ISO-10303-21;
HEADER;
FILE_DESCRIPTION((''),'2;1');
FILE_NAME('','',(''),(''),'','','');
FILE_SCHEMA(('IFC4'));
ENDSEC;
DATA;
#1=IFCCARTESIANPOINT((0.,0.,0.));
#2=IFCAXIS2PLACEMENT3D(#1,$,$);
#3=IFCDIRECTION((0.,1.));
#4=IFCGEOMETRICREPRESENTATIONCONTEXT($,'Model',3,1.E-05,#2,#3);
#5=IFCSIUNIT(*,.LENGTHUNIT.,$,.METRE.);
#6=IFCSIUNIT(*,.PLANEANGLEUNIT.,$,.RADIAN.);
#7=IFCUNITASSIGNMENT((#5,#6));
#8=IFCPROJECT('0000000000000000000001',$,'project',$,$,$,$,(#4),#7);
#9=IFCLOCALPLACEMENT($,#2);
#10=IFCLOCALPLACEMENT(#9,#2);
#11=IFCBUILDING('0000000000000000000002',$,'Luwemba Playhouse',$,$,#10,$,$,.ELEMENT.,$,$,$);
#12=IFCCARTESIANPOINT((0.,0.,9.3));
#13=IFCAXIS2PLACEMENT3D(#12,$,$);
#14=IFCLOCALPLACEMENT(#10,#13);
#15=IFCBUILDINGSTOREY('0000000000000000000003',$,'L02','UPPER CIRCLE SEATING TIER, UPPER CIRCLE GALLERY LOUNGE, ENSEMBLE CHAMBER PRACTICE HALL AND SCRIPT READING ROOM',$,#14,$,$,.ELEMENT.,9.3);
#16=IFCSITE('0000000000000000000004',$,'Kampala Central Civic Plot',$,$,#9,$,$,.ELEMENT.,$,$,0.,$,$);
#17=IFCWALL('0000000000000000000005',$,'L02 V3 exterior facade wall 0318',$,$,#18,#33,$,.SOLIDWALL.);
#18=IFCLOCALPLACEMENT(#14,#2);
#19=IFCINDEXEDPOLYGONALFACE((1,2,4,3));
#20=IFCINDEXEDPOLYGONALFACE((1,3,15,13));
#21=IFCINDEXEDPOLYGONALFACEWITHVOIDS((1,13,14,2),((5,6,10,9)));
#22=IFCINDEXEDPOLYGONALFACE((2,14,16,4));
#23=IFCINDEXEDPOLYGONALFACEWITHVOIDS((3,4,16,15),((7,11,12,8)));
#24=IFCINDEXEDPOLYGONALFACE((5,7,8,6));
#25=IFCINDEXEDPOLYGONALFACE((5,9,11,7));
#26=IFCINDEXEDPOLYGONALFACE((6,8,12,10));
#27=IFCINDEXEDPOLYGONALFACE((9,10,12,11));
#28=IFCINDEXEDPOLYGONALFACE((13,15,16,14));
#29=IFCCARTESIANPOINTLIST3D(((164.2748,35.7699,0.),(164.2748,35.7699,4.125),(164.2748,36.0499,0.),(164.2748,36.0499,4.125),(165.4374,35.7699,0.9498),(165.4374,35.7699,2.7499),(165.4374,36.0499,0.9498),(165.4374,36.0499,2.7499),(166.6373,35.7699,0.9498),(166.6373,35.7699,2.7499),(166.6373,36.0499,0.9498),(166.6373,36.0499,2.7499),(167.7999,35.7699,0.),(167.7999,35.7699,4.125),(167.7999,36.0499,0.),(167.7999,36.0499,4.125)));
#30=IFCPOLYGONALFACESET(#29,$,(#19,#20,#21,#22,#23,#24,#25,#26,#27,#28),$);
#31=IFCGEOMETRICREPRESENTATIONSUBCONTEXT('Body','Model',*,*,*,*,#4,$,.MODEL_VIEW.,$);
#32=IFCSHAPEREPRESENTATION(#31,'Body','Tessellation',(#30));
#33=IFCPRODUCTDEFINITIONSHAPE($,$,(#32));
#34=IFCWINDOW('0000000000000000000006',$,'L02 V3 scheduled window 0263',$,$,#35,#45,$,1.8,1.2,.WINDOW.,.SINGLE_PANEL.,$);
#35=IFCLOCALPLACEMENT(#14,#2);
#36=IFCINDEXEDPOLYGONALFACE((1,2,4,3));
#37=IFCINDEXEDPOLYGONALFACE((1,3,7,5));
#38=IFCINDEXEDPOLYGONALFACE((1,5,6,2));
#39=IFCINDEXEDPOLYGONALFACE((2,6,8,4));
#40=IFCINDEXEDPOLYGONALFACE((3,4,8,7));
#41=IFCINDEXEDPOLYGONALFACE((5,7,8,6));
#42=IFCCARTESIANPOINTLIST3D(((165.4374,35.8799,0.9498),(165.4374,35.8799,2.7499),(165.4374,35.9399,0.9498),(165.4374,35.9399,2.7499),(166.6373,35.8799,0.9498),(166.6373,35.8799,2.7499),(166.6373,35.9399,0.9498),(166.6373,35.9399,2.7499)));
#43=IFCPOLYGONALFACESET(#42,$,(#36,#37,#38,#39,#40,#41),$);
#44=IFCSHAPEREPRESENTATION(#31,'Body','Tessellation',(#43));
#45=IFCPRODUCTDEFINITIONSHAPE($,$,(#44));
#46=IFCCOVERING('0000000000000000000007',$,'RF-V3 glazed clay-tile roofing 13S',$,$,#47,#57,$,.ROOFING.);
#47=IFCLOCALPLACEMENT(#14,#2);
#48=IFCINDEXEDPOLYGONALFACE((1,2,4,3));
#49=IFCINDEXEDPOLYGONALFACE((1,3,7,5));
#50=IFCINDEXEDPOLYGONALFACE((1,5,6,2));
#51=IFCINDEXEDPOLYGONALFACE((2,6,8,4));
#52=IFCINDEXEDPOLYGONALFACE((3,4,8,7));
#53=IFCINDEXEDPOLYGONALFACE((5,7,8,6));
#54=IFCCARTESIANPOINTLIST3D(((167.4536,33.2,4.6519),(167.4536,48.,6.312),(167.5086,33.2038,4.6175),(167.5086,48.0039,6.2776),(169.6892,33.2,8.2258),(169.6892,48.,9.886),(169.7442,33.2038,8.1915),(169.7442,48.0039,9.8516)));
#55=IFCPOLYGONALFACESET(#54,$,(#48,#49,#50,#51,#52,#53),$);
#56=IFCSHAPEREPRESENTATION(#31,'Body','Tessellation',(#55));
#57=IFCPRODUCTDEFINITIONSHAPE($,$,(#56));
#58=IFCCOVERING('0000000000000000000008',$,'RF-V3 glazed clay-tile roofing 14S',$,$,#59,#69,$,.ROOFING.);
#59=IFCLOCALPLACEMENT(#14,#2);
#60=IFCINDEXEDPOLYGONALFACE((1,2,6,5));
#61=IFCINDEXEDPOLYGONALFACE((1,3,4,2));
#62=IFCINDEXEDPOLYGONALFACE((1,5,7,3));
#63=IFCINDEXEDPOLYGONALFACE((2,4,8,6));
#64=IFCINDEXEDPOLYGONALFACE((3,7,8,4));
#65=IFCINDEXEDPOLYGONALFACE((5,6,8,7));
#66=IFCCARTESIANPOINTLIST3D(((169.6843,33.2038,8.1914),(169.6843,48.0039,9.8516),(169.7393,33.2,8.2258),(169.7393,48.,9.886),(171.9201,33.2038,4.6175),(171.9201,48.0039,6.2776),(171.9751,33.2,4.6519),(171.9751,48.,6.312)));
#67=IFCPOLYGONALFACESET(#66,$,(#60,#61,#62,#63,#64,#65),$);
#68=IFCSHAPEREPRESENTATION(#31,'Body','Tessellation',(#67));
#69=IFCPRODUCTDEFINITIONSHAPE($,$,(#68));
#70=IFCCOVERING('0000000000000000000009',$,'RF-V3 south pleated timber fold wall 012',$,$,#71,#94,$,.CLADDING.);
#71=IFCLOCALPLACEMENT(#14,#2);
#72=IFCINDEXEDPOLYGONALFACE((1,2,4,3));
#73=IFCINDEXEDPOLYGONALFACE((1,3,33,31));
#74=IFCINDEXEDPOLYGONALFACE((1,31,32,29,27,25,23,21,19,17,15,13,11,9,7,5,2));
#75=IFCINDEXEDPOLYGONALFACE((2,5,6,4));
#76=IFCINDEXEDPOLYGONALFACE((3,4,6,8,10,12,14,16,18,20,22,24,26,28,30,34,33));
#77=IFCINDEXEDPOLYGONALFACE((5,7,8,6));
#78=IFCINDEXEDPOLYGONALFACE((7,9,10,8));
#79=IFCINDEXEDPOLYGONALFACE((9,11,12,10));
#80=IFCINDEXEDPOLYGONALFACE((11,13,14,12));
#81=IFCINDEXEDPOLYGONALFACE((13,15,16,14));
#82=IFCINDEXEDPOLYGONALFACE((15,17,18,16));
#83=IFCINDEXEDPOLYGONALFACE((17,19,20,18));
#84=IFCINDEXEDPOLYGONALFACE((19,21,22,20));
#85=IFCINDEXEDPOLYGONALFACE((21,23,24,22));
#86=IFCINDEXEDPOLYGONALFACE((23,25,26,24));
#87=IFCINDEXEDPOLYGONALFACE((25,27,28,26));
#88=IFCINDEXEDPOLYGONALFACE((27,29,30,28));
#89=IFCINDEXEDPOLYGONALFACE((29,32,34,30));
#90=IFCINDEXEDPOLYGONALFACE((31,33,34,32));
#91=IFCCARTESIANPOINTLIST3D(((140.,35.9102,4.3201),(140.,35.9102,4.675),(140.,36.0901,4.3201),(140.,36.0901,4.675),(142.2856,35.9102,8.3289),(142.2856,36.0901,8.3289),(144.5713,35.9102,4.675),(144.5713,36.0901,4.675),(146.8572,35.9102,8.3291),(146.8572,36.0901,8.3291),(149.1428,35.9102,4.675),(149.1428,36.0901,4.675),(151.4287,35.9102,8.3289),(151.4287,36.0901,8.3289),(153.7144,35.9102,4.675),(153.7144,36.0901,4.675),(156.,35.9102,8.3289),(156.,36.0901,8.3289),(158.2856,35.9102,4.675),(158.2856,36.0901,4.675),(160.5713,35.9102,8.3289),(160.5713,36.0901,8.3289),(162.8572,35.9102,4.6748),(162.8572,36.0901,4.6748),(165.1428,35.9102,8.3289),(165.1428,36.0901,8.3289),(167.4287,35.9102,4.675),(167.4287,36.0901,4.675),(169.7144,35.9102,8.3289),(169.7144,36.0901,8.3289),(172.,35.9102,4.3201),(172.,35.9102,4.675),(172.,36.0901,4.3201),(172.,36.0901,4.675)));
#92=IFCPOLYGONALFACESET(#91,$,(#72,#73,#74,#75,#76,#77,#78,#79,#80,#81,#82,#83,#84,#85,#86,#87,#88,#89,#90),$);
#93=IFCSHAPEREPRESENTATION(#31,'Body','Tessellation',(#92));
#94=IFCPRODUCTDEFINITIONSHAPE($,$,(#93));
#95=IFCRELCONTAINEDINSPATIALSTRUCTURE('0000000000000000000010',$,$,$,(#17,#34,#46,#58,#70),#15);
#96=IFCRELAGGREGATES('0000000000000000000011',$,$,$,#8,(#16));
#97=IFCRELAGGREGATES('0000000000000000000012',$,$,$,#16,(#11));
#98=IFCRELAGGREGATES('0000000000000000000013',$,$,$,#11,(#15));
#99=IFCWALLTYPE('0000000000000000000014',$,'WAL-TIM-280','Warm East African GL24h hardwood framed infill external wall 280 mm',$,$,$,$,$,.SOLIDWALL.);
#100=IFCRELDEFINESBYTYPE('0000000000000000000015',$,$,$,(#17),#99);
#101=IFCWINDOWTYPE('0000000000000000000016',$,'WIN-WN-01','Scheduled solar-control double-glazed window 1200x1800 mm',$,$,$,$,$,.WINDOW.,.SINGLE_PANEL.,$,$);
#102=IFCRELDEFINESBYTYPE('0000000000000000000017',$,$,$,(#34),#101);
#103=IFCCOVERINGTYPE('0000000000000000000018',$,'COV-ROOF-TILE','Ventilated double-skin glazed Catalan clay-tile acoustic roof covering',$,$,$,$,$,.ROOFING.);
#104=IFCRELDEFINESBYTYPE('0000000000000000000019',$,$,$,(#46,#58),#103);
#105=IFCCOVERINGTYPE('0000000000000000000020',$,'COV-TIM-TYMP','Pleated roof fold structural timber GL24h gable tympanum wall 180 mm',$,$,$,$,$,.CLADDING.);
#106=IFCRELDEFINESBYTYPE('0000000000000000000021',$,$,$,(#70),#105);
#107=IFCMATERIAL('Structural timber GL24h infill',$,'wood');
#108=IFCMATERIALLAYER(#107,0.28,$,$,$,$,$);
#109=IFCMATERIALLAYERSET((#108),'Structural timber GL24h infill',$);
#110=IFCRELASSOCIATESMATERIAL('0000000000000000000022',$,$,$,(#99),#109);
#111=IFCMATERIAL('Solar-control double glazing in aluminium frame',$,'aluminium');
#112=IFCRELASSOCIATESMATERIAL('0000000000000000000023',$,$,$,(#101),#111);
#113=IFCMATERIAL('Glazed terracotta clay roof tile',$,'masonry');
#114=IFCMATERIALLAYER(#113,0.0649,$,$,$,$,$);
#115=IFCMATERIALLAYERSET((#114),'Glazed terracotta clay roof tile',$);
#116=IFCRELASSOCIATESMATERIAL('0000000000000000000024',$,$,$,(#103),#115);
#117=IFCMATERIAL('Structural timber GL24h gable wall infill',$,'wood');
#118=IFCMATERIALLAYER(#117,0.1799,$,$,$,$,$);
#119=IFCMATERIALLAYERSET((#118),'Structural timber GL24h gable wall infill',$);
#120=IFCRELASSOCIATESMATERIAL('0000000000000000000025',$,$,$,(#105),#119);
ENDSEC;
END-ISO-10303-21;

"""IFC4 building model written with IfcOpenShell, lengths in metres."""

from ifc_helpers import new_model, si_unit, direction, frame, frame_2d, origin, place, context, subcontext, project, spatial, polyline, rectangle, outline, extrude, material, layer, layer_set, type_object, element, fill, save


model = new_model("IFC4")

# Units and contexts
model_context = context("Model", 3, precision=1e-05, world=origin(), true_north=direction((0.0, 1.0)))
body_context = subcontext(model_context, "Body", "Model", "MODEL_VIEW")
ifc_project = project(units=[si_unit("LENGTHUNIT", "METRE"), si_unit("PLANEANGLEUNIT", "RADIAN")], contexts=[model_context])

# Site, building, storey
site_placement = place(None, origin())
site = spatial("IfcSite", under=ifc_project, at=site_placement, Name="Kampala Central Civic Plot", CompositionType="ELEMENT", RefElevation=0.0)
building_placement = place(site_placement, origin())
building = spatial("IfcBuilding", under=site, at=building_placement, Name="Luwemba Playhouse", CompositionType="ELEMENT")
storey_placement = place(building_placement, frame((0.0, 0.0, 9.3)))
storey = spatial("IfcBuildingStorey", under=building, at=storey_placement, Name="L02", Description="UPPER CIRCLE SEATING TIER, UPPER CIRCLE GALLERY LOUNGE, ENSEMBLE CHAMBER PRACTICE HALL AND SCRIPT READING ROOM", CompositionType="ELEMENT", Elevation=9.3)

# Shared definitions
ifc_material_1 = material(Name="Solar-control double glazing in aluminium frame", Category="aluminium")

# Wall, opening, window
ifc_material_2 = material(Name="Structural timber GL24h infill", Category="wood")
ifc_layer_1 = layer(ifc_material_2, 0.28)
ifc_layer_set_1 = layer_set([ifc_layer_1], Name="Structural timber GL24h infill")
wall_type_1 = type_object("IfcWallType", Name="WAL-TIM-280", Description="Warm East African GL24h hardwood framed infill external wall 280 mm", PredefinedType="SOLIDWALL", material=ifc_layer_set_1)
wall_1_placement = place(storey_placement, frame((167.8, 35.9099, 0.0), z_axis=(0.0, 0.0, 1.0), x_axis=(-1.0, 0.0, 0.0)))
wall_1 = element("IfcWall", 1, at=wall_1_placement, inside=storey, type_object=wall_type_1, Name="L02 V3 exterior facade wall 0318", PredefinedType="SOLIDWALL", context=body_context, shape_type="SweptSolid", body=[
    extrude(rectangle(XDim=3.5251, YDim=0.28, at=frame_2d((1.7627, 0.0))), origin(), (0.0, 0.0, 1.0), 4.125),
])
opening_1_placement = place(wall_1_placement, frame((1.1626, 0.0, 0.95)))
opening_1 = element("IfcOpeningElement", 2, at=opening_1_placement, cuts=wall_1, PredefinedType="OPENING", context=body_context, shape_type="SweptSolid", body=[
    extrude(rectangle(XDim=1.2, YDim=1.8, at=frame_2d((0.6001, 0.8999))), frame((0.0, 0.1499, 0.0), z_axis=(0.0, -1.0, 0.0), x_axis=(1.0, 0.0, 0.0)), (0.0, 0.0, 1.0), 0.3),
])
window_type_1 = type_object("IfcWindowType", Name="WIN-WN-01", Description="Scheduled solar-control double-glazed window 1200x1800 mm", PartitioningType="SINGLE_PANEL", PredefinedType="WINDOW", material=ifc_material_1)
window_1_placement = place(opening_1_placement, origin())
window_1 = element("IfcWindow", 3, at=window_1_placement, inside=storey, type_object=window_type_1, Name="L02 V3 scheduled window 0263", OverallHeight=1.8, OverallWidth=1.2, PartitioningType="SINGLE_PANEL", PredefinedType="WINDOW", context=body_context, shape_type="SweptSolid", body=[
    extrude(rectangle(XDim=1.2, YDim=1.8, at=frame_2d((0.6001, 0.8999))), frame((0.0, 0.03, 0.0), z_axis=(0.0, -1.0, 0.0), x_axis=(1.0, 0.0, 0.0)), (0.0, 0.0, 1.0), 0.0601),
])
fill(opening_1, window_1)

# Coverings
ifc_material_3 = material(Name="Glazed terracotta clay roof tile", Category="masonry")
ifc_layer_2 = layer(ifc_material_3, 0.0649)
ifc_layer_set_2 = layer_set([ifc_layer_2], Name="Glazed terracotta clay roof tile")
covering_type_1 = type_object("IfcCoveringType", Name="COV-ROOF-TILE", Description="Ventilated double-skin glazed Catalan clay-tile acoustic roof covering", PredefinedType="ROOFING", material=ifc_layer_set_2)
covering_1_placement = place(storey_placement, frame((167.4536, 33.2, 4.6519), z_axis=(-0.846304, -0.059382, 0.529381), x_axis=(0.530316, 0.0, 0.8478)))
element("IfcCovering", 4, at=covering_1_placement, inside=storey, type_object=covering_type_1, Name="RF-V3 glazed clay-tile roofing 13S", PredefinedType="ROOFING", context=body_context, shape_type="SweptSolid", body=[
    extrude(outline(polyline([(0.0, 0.0), (4.2156, 0.0), (5.6231, 14.8262), (1.4075, 14.8262), (0.0, 0.0)])), origin(), (0.0, 0.0, -1.0), 0.0649),
])
covering_2_placement = place(storey_placement, frame((169.7393, 33.2, 8.2258), z_axis=(0.846277, -0.059387, 0.529422), x_axis=(0.530358, 0.0, -0.847774)))
element("IfcCovering", 5, at=covering_2_placement, inside=storey, type_object=covering_type_1, Name="RF-V3 glazed clay-tile roofing 14S", PredefinedType="ROOFING", context=body_context, shape_type="SweptSolid", body=[
    extrude(outline(polyline([(0.0, 0.0), (4.2157, 0.0), (2.8083, 14.8262), (-1.4074, 14.8262), (0.0, 0.0)])), origin(), (0.0, 0.0, -1.0), 0.0649),
])
ifc_material_4 = material(Name="Structural timber GL24h gable wall infill", Category="wood")
ifc_layer_3 = layer(ifc_material_4, 0.1799)
ifc_layer_set_3 = layer_set([ifc_layer_3], Name="Structural timber GL24h gable wall infill")
covering_type_2 = type_object("IfcCoveringType", Name="COV-TIM-TYMP", Description="Pleated roof fold structural timber GL24h gable tympanum wall 180 mm", PredefinedType="CLADDING", material=ifc_layer_set_3)
covering_3_placement = place(storey_placement, frame((172.0, 36.0, 4.3201), z_axis=(0.0, 0.0, 1.0), x_axis=(-1.0, 0.0, 0.0)))
element("IfcCovering", 6, at=covering_3_placement, inside=storey, type_object=covering_type_2, Name="RF-V3 south pleated timber fold wall 012", PredefinedType="CLADDING", context=body_context, shape_type="SweptSolid", body=[
    extrude(outline(polyline([(0.0, 0.0), (32.0, 0.0), (32.0, 0.355), (29.7144, 4.0088), (27.4287, 0.355), (25.1428, 4.009), (22.8572, 0.355), (20.5713, 4.0088), (18.2856, 0.355), (16.0, 4.0088), (13.7144, 0.355), (11.4287, 4.0088), (9.1428, 0.3547), (6.8572, 4.0088), (4.5713, 0.355), (2.2856, 4.0088), (0.0, 0.355), (0.0, 0.0)])), frame((0.0, 0.0898, 0.0), z_axis=(0.0, -1.0, 0.0), x_axis=(1.0, 0.0, 0.0)), (0.0, 0.0, 1.0), 0.1799),
])

save(model, "model.ifc")
